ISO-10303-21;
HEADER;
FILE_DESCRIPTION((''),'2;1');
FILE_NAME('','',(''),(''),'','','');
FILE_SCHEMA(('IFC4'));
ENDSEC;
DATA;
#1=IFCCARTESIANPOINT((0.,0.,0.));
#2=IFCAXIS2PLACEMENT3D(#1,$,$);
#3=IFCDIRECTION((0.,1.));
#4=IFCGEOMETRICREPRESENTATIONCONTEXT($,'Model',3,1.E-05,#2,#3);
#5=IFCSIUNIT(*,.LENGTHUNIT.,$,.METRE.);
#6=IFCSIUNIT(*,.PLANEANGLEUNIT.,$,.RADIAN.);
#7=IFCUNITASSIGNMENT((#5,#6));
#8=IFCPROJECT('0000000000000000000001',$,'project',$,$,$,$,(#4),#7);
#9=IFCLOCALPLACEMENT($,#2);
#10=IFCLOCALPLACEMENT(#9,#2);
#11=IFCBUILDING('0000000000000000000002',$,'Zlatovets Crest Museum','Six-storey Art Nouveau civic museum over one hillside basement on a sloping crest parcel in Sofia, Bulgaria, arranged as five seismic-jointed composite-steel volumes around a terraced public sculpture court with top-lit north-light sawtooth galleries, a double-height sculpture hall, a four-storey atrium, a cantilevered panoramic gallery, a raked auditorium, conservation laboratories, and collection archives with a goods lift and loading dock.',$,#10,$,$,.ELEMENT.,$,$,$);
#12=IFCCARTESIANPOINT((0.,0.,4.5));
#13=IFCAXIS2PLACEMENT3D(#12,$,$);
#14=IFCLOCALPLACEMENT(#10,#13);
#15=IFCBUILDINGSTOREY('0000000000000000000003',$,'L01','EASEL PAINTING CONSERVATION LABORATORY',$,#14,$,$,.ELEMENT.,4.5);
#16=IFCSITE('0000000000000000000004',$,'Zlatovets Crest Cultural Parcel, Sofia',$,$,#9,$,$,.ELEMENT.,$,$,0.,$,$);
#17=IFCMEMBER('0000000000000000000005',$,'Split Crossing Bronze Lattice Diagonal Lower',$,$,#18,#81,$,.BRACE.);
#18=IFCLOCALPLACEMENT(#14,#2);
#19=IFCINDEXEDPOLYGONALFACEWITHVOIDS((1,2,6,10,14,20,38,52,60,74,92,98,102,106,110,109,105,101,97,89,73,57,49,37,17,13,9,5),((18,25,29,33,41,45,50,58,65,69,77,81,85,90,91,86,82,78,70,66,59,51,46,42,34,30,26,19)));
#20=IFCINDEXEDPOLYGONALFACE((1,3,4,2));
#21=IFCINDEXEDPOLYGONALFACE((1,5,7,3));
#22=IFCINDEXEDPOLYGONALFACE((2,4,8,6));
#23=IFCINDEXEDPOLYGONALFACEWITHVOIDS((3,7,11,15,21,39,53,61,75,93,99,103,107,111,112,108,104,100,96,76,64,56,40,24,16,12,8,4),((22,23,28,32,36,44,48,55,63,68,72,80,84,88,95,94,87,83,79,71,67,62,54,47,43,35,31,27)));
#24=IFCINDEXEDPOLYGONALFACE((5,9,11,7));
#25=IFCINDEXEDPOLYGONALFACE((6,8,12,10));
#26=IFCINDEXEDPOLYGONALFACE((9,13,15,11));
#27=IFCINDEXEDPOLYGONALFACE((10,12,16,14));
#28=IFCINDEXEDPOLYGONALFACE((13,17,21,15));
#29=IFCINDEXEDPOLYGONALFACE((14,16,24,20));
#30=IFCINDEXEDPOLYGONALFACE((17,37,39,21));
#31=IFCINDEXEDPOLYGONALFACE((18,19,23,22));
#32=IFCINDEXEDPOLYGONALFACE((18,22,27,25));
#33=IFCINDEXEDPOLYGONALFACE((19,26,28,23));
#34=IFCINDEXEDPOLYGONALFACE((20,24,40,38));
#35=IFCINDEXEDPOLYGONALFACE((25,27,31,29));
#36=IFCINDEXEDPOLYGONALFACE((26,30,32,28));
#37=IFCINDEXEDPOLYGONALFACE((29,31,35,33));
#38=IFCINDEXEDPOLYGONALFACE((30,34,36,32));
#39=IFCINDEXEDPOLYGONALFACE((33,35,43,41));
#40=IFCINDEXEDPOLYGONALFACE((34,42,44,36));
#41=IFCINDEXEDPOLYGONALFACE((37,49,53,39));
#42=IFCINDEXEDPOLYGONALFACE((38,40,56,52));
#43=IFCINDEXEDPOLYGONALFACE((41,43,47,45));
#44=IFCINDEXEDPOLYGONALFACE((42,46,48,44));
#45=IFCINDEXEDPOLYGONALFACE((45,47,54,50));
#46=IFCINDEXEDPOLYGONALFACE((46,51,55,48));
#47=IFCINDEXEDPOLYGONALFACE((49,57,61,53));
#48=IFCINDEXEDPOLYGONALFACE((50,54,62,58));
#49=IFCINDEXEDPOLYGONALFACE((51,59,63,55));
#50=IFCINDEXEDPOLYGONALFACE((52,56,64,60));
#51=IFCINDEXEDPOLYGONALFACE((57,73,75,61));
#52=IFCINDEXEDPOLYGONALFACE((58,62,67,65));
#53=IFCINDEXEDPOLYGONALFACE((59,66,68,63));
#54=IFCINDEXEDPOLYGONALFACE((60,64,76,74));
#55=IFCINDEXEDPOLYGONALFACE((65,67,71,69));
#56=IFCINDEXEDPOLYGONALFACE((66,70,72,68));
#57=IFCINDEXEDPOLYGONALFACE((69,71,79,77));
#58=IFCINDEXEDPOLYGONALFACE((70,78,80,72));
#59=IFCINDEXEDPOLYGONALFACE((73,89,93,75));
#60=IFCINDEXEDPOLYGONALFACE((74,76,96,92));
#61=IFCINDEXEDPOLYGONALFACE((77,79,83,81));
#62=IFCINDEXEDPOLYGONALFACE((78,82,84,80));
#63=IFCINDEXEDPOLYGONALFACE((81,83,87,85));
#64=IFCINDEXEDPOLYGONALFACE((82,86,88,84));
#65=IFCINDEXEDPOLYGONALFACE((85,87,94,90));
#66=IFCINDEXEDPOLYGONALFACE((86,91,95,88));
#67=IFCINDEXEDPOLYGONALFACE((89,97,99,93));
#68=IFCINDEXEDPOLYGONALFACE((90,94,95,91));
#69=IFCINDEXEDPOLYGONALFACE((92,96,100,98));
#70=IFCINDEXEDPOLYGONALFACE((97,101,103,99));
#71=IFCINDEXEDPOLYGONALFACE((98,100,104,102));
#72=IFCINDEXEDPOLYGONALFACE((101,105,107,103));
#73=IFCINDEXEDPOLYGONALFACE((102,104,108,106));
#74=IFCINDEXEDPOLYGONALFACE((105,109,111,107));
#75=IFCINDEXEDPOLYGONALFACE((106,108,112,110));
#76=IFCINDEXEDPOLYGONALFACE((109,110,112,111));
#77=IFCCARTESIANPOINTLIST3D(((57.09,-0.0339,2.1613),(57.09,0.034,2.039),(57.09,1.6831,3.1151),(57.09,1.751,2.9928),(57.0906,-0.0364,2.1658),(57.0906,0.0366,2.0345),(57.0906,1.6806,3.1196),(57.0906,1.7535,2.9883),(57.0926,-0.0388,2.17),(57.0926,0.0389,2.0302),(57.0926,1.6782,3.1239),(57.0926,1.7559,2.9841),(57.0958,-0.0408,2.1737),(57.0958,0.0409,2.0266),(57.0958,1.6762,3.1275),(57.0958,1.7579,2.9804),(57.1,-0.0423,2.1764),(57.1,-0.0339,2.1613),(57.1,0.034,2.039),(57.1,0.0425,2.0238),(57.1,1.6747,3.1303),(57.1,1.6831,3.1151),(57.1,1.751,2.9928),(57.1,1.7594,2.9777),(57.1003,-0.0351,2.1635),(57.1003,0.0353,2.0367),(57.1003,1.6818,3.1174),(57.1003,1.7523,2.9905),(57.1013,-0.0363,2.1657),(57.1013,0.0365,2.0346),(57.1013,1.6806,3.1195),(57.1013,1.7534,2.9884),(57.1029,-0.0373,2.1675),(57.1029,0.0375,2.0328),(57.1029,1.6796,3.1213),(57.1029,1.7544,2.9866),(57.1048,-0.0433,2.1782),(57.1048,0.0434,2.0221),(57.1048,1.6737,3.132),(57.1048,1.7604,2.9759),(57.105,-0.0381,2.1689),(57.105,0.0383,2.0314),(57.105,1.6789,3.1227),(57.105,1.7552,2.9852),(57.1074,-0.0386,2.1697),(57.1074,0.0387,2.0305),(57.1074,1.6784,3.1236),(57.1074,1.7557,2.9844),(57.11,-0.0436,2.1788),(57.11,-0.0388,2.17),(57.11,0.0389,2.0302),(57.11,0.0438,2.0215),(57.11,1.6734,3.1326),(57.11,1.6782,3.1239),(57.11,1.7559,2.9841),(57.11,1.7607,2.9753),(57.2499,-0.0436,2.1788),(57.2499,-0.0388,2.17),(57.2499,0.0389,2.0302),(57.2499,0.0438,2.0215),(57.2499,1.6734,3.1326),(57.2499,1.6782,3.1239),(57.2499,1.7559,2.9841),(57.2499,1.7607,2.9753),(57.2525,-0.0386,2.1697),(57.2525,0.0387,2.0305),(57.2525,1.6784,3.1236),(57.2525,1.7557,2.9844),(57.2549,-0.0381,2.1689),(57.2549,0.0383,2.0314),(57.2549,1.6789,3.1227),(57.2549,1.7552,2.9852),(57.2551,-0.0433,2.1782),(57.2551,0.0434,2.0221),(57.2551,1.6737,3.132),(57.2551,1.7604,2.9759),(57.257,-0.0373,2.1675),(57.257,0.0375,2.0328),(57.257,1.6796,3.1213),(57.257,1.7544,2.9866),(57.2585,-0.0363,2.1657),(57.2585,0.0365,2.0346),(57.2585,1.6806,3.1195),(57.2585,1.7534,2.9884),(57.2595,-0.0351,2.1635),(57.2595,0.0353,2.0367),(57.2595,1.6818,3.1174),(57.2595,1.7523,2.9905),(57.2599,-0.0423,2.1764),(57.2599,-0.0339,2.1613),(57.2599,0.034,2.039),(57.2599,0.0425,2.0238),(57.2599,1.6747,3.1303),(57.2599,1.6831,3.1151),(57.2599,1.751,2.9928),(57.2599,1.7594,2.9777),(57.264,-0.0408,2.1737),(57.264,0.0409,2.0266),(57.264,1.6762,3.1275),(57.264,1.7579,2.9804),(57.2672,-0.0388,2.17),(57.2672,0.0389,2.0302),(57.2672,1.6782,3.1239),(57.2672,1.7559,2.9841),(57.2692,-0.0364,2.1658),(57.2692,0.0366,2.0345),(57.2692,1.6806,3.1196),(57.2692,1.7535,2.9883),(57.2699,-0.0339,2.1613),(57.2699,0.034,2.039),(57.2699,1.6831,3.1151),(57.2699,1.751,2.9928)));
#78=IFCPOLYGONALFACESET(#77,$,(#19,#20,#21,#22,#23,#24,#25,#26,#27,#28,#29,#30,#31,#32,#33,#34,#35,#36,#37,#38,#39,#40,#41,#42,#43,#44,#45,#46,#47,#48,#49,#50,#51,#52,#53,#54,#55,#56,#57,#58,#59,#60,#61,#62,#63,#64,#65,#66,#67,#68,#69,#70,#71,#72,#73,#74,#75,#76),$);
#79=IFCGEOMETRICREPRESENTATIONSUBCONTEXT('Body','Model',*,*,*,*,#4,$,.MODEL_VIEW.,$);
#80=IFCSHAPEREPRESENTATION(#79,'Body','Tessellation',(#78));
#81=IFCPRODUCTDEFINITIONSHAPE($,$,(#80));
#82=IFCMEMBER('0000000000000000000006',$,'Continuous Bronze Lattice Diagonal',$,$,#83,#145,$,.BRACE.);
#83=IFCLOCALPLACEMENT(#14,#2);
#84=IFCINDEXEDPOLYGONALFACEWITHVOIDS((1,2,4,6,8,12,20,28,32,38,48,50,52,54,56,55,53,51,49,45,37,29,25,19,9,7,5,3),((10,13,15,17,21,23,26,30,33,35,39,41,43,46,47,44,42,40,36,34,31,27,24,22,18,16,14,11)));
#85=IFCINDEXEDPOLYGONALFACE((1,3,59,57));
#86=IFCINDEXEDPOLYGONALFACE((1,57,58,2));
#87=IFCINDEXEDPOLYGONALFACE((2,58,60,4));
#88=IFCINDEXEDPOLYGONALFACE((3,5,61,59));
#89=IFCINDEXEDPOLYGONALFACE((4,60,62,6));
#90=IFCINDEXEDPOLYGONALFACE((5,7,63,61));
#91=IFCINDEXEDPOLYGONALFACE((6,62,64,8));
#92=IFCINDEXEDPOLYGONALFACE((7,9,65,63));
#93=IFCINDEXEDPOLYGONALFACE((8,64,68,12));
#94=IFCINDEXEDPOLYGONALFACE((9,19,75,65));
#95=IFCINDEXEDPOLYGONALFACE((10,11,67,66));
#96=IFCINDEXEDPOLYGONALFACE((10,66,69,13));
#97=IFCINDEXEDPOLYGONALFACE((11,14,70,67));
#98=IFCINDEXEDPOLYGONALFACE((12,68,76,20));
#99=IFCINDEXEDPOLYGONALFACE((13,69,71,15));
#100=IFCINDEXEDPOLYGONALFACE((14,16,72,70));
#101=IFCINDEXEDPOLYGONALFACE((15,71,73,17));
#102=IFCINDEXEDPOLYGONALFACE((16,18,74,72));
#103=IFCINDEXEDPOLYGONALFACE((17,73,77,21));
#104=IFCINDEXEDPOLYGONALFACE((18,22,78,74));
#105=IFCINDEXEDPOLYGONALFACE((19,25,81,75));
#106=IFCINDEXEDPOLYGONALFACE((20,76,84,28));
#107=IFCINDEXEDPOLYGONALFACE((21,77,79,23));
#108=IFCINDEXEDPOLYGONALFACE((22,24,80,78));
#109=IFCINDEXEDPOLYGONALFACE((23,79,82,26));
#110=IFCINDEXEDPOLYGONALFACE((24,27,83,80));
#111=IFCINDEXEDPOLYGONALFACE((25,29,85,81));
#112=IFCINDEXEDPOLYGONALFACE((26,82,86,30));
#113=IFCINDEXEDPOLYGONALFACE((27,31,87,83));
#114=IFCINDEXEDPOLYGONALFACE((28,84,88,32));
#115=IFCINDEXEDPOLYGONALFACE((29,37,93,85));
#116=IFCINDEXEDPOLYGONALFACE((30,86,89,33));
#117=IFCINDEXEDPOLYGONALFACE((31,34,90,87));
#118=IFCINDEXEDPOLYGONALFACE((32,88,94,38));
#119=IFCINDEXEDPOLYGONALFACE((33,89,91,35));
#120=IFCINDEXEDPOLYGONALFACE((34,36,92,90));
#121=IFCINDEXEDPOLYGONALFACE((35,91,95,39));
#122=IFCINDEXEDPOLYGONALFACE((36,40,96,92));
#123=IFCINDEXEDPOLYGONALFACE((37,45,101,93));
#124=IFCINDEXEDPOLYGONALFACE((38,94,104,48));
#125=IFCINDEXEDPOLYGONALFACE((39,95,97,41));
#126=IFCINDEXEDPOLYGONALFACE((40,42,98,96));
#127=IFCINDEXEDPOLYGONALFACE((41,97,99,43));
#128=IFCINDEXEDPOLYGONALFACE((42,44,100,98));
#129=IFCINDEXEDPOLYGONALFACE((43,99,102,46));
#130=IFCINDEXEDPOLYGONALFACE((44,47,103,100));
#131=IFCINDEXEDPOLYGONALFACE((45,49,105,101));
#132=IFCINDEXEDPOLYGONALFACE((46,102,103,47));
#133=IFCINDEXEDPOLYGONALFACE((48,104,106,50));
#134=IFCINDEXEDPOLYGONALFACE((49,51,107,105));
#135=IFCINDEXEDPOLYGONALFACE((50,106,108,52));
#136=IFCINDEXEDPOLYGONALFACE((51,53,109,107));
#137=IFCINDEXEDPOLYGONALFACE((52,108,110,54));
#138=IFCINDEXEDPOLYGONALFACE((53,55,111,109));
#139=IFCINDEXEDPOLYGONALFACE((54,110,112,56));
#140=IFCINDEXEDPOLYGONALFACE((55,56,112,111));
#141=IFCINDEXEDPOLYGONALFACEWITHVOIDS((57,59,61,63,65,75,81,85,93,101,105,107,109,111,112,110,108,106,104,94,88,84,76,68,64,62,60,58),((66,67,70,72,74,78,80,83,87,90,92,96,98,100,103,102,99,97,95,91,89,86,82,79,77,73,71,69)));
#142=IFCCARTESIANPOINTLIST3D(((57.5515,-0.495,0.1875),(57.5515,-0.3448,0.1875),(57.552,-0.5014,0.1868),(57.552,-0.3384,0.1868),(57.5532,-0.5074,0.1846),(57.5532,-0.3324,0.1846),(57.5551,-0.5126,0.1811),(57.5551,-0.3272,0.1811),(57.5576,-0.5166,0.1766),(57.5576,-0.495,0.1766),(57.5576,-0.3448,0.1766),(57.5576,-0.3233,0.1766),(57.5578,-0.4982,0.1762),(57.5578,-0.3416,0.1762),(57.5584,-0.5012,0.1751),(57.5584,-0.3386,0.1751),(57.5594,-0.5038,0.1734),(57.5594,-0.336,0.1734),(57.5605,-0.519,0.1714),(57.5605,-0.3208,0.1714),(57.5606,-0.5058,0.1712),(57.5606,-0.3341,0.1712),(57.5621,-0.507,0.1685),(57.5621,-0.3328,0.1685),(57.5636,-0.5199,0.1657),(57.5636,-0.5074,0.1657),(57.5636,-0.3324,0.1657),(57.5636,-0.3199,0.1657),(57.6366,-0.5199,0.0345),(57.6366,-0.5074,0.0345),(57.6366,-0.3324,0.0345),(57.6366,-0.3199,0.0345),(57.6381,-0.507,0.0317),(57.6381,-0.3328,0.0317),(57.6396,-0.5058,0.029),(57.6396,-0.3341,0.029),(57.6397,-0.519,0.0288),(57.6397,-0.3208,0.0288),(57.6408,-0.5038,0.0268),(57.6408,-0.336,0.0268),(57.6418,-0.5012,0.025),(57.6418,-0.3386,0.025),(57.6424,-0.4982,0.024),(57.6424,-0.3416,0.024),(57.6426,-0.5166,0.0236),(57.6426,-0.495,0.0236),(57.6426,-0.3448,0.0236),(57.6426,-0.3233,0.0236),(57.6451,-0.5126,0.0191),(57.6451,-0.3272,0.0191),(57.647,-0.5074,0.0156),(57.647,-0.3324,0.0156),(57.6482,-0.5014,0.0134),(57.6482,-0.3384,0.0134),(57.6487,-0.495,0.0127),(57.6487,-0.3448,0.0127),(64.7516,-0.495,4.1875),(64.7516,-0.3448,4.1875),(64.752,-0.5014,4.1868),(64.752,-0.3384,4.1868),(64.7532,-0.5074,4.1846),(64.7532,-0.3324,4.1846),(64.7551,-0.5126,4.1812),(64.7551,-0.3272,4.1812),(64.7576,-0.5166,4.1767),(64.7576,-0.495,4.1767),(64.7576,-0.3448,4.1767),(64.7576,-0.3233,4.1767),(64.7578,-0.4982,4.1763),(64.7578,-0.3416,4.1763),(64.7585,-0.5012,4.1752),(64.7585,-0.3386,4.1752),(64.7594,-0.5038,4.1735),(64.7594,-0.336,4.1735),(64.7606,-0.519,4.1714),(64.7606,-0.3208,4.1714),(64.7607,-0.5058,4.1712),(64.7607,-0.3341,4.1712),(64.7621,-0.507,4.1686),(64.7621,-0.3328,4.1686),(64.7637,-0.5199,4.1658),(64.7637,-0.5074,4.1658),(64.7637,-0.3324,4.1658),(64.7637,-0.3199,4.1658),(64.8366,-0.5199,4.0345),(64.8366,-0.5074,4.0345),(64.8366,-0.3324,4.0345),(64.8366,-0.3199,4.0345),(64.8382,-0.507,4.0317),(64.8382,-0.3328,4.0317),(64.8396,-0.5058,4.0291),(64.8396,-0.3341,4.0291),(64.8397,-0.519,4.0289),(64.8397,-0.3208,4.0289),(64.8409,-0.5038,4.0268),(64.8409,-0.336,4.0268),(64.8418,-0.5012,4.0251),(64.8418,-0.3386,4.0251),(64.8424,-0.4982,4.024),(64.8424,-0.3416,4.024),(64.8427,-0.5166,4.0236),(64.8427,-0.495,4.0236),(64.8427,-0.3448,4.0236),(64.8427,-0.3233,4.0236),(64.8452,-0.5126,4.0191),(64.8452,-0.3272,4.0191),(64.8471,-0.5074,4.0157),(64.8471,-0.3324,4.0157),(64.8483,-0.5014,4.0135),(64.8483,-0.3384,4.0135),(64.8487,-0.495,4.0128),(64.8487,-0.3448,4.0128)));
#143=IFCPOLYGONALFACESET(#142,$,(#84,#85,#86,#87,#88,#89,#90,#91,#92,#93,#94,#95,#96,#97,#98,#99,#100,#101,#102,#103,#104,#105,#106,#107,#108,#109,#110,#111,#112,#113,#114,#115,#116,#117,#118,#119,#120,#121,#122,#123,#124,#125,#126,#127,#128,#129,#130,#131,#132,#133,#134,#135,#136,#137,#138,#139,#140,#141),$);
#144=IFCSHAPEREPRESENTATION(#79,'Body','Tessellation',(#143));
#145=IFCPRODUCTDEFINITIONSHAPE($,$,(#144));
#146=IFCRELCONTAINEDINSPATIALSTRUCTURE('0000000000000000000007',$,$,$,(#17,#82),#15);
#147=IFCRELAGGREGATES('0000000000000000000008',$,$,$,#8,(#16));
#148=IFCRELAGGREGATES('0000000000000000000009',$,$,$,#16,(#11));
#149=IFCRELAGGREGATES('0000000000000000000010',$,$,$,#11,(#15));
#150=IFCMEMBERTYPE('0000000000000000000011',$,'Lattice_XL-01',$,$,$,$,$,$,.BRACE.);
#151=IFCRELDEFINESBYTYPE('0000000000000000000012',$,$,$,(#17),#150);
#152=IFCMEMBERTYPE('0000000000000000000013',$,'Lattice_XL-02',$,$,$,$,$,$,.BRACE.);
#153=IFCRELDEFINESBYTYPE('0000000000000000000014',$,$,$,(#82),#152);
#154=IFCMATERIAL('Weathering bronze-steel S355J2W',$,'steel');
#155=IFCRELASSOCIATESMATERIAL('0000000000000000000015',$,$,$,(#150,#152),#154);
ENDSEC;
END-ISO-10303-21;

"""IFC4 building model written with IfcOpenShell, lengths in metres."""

from ifc_helpers import new_model, si_unit, direction, frame, origin, origin_2d, place, context, subcontext, project, spatial, hollow_rectangle, extrude, material, material_profile, profile_set, type_object, element, save


model = new_model("IFC4")

# Units and contexts
model_context = context("Model", 3, precision=1e-05, world=origin(), true_north=direction((0.0, 1.0)))
body_context = subcontext(model_context, "Body", "Model", "MODEL_VIEW")
ifc_project = project(units=[si_unit("LENGTHUNIT", "METRE"), si_unit("PLANEANGLEUNIT", "RADIAN")], contexts=[model_context])

# Site, building, storey
site_placement = place(None, origin())
site = spatial("IfcSite", under=ifc_project, at=site_placement, Name="Zlatovets Crest Cultural Parcel, Sofia", CompositionType="ELEMENT", RefElevation=0.0)
building_placement = place(site_placement, origin())
building = spatial("IfcBuilding", under=site, at=building_placement, Name="Zlatovets Crest Museum", Description="Six-storey Art Nouveau civic museum over one hillside basement on a sloping crest parcel in Sofia, Bulgaria, arranged as five seismic-jointed composite-steel volumes around a terraced public sculpture court with top-lit north-light sawtooth galleries, a double-height sculpture hall, a four-storey atrium, a cantilevered panoramic gallery, a raked auditorium, conservation laboratories, and collection archives with a goods lift and loading dock.", CompositionType="ELEMENT")
storey_placement = place(building_placement, frame((0.0, 0.0, 4.5)))
storey = spatial("IfcBuildingStorey", under=building, at=storey_placement, Name="L01", Description="EASEL PAINTING CONSERVATION LABORATORY", CompositionType="ELEMENT", Elevation=4.5)

# Members
ifc_material_1 = material(Name="Weathering bronze-steel S355J2W", Category="steel")
ifc_material_profile_1 = material_profile(ifc_material_1, hollow_rectangle(XDim=0.1799, YDim=0.1799, WallThickness=0.01, InnerFilletRadius=0.01, OuterFilletRadius=0.02, at=origin_2d()), Name="SHS 180x180x10.0")
ifc_profile_set_1 = profile_set([ifc_material_profile_1], Name="Weathering bronze-steel S355J2W")
member_type_1 = type_object("IfcMemberType", Name="Lattice_XL-01", PredefinedType="BRACE", material=ifc_profile_set_1)
member_1_placement = place(storey_placement, frame((57.1799, 1.717, 3.054), z_axis=(0.0, -0.874169, -0.485622), x_axis=(1.0, 0.0, 0.0)))
element("IfcMember", 1, at=member_1_placement, inside=storey, type_object=member_type_1, Name="Split Crossing Bronze Lattice Diagonal Lower", PredefinedType="BRACE", context=body_context, shape_type="SweptSolid", body=[
    extrude(hollow_rectangle(XDim=0.1799, YDim=0.1799, WallThickness=0.01, InnerFilletRadius=0.01, OuterFilletRadius=0.02, at=origin_2d()), origin(), (0.0, 0.0, 1.0), 1.9641),
])
ifc_material_profile_2 = material_profile(ifc_material_1, hollow_rectangle(XDim=0.2, YDim=0.2, WallThickness=0.0125, InnerFilletRadius=0.0125, OuterFilletRadius=0.0249, at=origin_2d()), Name="SHS 200x200x12.5")
ifc_profile_set_2 = profile_set([ifc_material_profile_2], Name="Weathering bronze-steel S355J2W")
member_type_2 = type_object("IfcMemberType", Name="Lattice_XL-02", PredefinedType="BRACE", material=ifc_profile_set_2)
member_2_placement = place(storey_placement, frame((57.6001, -0.4199, 0.1001), z_axis=(0.874156, 0.0, 0.485645), x_axis=(0.0, 1.0, 0.0)))
element("IfcMember", 2, at=member_2_placement, inside=storey, type_object=member_type_2, Name="Continuous Bronze Lattice Diagonal", PredefinedType="BRACE", context=body_context, shape_type="SweptSolid", body=[
    extrude(hollow_rectangle(XDim=0.2, YDim=0.2, WallThickness=0.0125, InnerFilletRadius=0.0125, OuterFilletRadius=0.0249, at=origin_2d()), origin(), (0.0, 0.0, 1.0), 8.2366),
])

save(model, "model.ifc")
